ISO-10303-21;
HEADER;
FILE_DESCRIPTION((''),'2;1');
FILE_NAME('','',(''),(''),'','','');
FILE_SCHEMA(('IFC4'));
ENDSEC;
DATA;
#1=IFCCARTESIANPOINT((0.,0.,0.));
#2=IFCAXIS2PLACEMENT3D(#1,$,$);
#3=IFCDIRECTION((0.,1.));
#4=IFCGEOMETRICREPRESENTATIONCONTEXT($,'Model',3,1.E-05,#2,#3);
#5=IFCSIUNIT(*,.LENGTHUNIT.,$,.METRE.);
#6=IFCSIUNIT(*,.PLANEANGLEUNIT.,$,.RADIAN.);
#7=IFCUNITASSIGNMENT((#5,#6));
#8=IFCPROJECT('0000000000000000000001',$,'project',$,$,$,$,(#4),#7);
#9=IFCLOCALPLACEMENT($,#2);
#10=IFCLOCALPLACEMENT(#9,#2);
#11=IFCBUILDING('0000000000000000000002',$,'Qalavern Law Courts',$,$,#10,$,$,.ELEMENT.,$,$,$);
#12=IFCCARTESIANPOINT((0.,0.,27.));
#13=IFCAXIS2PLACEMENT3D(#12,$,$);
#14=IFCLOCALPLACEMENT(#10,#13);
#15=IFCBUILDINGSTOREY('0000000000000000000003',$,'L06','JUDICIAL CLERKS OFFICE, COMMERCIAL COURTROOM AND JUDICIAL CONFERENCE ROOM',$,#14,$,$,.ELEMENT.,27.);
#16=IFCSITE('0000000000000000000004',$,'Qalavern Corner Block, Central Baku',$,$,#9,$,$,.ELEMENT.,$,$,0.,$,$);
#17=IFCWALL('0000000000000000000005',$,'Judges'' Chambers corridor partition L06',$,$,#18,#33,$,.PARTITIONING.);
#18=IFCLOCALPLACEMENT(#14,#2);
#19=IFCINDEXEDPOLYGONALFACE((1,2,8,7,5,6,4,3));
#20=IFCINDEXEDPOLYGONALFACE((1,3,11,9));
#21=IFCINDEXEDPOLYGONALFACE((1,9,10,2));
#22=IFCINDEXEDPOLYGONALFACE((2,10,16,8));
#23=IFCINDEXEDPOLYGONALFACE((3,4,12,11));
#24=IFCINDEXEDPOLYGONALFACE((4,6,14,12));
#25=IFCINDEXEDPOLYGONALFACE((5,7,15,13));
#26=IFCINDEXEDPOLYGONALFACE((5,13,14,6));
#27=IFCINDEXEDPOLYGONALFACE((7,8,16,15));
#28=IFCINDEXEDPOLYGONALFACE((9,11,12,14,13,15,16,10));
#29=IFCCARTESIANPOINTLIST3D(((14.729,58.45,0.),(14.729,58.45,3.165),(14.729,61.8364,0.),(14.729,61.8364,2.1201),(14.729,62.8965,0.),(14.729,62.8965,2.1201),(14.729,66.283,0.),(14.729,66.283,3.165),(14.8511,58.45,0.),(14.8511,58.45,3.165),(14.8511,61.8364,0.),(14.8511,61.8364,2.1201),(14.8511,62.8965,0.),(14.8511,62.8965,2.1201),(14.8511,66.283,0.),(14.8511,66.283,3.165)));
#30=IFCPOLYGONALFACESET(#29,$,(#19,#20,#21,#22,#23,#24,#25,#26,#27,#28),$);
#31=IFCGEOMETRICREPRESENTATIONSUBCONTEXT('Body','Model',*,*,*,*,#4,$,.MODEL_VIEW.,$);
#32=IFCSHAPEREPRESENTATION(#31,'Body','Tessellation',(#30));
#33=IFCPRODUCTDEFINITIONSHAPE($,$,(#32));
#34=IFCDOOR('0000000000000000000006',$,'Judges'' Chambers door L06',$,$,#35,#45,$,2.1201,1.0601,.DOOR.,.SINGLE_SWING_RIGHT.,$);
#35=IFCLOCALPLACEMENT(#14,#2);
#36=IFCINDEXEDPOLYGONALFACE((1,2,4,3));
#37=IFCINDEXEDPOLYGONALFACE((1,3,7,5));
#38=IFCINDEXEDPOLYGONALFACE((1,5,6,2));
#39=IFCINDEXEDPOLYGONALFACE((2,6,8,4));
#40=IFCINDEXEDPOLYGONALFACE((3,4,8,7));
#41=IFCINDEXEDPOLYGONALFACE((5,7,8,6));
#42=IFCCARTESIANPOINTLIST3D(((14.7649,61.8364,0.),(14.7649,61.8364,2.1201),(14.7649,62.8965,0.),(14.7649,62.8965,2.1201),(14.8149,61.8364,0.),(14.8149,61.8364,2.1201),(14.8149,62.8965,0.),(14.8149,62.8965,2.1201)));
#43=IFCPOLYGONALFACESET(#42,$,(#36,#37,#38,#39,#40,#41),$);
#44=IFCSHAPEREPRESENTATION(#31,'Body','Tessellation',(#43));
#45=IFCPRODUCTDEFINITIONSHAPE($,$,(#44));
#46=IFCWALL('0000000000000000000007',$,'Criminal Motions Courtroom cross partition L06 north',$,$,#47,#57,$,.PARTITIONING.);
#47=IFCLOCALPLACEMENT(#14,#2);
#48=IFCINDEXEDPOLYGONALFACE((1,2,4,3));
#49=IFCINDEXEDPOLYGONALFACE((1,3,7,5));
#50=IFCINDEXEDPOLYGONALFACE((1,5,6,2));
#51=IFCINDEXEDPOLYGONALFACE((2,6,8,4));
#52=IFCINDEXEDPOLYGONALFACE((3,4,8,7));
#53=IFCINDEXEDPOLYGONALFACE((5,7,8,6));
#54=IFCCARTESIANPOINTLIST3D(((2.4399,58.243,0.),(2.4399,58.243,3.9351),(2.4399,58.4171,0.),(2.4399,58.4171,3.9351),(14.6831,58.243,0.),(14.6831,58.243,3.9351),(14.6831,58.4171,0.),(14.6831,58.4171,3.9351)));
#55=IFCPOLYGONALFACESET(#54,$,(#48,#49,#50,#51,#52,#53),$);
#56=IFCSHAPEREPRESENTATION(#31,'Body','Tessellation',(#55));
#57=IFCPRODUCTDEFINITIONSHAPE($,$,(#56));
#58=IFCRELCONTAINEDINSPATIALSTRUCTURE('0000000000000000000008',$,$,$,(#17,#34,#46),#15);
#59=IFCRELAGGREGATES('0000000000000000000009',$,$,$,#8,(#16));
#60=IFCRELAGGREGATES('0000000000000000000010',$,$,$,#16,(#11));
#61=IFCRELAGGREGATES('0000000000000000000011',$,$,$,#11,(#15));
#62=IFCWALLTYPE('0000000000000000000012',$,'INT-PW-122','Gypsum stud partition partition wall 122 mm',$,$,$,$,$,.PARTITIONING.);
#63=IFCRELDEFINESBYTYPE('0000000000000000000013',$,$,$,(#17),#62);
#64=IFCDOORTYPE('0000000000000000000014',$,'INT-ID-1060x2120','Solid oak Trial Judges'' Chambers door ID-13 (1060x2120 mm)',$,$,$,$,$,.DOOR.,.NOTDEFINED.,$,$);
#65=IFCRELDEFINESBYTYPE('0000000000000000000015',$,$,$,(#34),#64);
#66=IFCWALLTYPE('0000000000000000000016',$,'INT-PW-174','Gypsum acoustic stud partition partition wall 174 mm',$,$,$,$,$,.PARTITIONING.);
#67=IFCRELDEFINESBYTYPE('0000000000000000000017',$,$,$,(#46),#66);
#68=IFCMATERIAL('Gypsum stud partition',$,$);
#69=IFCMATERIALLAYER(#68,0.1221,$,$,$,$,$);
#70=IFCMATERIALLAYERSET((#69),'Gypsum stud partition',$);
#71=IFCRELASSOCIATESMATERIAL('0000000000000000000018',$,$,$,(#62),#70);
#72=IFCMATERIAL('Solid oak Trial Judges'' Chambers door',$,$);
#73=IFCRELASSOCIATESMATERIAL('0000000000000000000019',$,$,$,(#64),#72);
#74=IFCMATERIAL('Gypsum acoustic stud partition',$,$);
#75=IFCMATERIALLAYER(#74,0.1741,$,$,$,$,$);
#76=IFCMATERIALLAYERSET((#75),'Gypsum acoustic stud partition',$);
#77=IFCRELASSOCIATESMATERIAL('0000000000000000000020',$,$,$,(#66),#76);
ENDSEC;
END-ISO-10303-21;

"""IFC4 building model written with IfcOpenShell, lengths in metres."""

from ifc_helpers import new_model, si_unit, direction, frame, frame_2d, origin, place, context, subcontext, project, spatial, rectangle, extrude, material, layer, layer_set, type_object, element, fill, save


model = new_model("IFC4")

# Units and contexts
model_context = context("Model", 3, precision=1e-05, world=origin(), true_north=direction((0.0, 1.0)))
body_context = subcontext(model_context, "Body", "Model", "MODEL_VIEW")
ifc_project = project(units=[si_unit("LENGTHUNIT", "METRE"), si_unit("PLANEANGLEUNIT", "RADIAN")], contexts=[model_context])

# Site, building, storey
site_placement = place(None, origin())
site = spatial("IfcSite", under=ifc_project, at=site_placement, Name="Qalavern Corner Block, Central Baku", CompositionType="ELEMENT", RefElevation=0.0)
building_placement = place(site_placement, origin())
building = spatial("IfcBuilding", under=site, at=building_placement, Name="Qalavern Law Courts", CompositionType="ELEMENT")
storey_placement = place(building_placement, frame((0.0, 0.0, 27.0)))
storey = spatial("IfcBuildingStorey", under=building, at=storey_placement, Name="L06", Description="JUDICIAL CLERKS OFFICE, COMMERCIAL COURTROOM AND JUDICIAL CONFERENCE ROOM", CompositionType="ELEMENT", Elevation=27.0)

# Wall, opening, door
ifc_material_1 = material(Name="Gypsum stud partition")
ifc_layer_1 = layer(ifc_material_1, 0.1221)
ifc_layer_set_1 = layer_set([ifc_layer_1], Name="Gypsum stud partition")
wall_type_1 = type_object("IfcWallType", Name="INT-PW-122", Description="Gypsum stud partition partition wall 122 mm", PredefinedType="PARTITIONING", material=ifc_layer_set_1)
wall_1_placement = place(storey_placement, frame((14.79, 58.45, 0.0), z_axis=(0.0, 0.0, 1.0), x_axis=(0.0, 1.0, 0.0)))
wall_1 = element("IfcWall", 1, at=wall_1_placement, inside=storey, type_object=wall_type_1, Name="Judges' Chambers corridor partition L06", PredefinedType="PARTITIONING", context=body_context, shape_type="SweptSolid", body=[
    extrude(rectangle(XDim=7.833, YDim=0.1221, at=frame_2d((3.9165, 0.0))), origin(), (0.0, 0.0, 1.0), 3.165),
])
opening_placement = place(wall_1_placement, frame((3.3865, 0.0, 0.0)))
opening = element("IfcOpeningElement", 2, at=opening_placement, cuts=wall_1, PredefinedType="OPENING", context=body_context, shape_type="SweptSolid", body=[
    extrude(rectangle(XDim=1.0601, YDim=2.1201, at=frame_2d((0.53, 1.0601))), frame((0.0, 0.0759, 0.0), z_axis=(0.0, -1.0, 0.0), x_axis=(1.0, 0.0, 0.0)), (0.0, 0.0, 1.0), 0.1519),
])
ifc_material_2 = material(Name="Solid oak Trial Judges' Chambers door")
door_type = type_object("IfcDoorType", Name="INT-ID-1060x2120", Description="Solid oak Trial Judges' Chambers door ID-13 (1060x2120 mm)", OperationType="NOTDEFINED", PredefinedType="DOOR", material=ifc_material_2)
door_placement = place(opening_placement, frame((1.0601, 0.0, 0.0), z_axis=(0.0, 0.0, 1.0), x_axis=(-1.0, 0.0, 0.0)))
door = element("IfcDoor", 3, at=door_placement, inside=storey, type_object=door_type, Name="Judges' Chambers door L06", OperationType="SINGLE_SWING_RIGHT", OverallHeight=2.1201, OverallWidth=1.0601, PredefinedType="DOOR", context=body_context, shape_type="SweptSolid", body=[
    extrude(rectangle(XDim=1.0601, YDim=2.1201, at=frame_2d((0.53, 1.0601))), frame((0.0, 0.0249, 0.0), z_axis=(0.0, -1.0, 0.0), x_axis=(1.0, 0.0, 0.0)), (0.0, 0.0, 1.0), 0.05),
])
fill(opening, door)

# Wall
ifc_material_3 = material(Name="Gypsum acoustic stud partition")
ifc_layer_2 = layer(ifc_material_3, 0.1741)
ifc_layer_set_2 = layer_set([ifc_layer_2], Name="Gypsum acoustic stud partition")
wall_type_2 = type_object("IfcWallType", Name="INT-PW-174", Description="Gypsum acoustic stud partition partition wall 174 mm", PredefinedType="PARTITIONING", material=ifc_layer_set_2)
wall_2_placement = place(storey_placement, frame((2.4399, 58.3301, 0.0), z_axis=(0.0, 0.0, 1.0), x_axis=(1.0, 0.0, 0.0)))
element("IfcWall", 4, at=wall_2_placement, inside=storey, type_object=wall_type_2, Name="Criminal Motions Courtroom cross partition L06 north", PredefinedType="PARTITIONING", context=body_context, shape_type="SweptSolid", body=[
    extrude(rectangle(XDim=12.2432, YDim=0.1741, at=frame_2d((6.1216, 0.0))), origin(), (0.0, 0.0, 1.0), 3.9351),
])

save(model, "model.ifc")
